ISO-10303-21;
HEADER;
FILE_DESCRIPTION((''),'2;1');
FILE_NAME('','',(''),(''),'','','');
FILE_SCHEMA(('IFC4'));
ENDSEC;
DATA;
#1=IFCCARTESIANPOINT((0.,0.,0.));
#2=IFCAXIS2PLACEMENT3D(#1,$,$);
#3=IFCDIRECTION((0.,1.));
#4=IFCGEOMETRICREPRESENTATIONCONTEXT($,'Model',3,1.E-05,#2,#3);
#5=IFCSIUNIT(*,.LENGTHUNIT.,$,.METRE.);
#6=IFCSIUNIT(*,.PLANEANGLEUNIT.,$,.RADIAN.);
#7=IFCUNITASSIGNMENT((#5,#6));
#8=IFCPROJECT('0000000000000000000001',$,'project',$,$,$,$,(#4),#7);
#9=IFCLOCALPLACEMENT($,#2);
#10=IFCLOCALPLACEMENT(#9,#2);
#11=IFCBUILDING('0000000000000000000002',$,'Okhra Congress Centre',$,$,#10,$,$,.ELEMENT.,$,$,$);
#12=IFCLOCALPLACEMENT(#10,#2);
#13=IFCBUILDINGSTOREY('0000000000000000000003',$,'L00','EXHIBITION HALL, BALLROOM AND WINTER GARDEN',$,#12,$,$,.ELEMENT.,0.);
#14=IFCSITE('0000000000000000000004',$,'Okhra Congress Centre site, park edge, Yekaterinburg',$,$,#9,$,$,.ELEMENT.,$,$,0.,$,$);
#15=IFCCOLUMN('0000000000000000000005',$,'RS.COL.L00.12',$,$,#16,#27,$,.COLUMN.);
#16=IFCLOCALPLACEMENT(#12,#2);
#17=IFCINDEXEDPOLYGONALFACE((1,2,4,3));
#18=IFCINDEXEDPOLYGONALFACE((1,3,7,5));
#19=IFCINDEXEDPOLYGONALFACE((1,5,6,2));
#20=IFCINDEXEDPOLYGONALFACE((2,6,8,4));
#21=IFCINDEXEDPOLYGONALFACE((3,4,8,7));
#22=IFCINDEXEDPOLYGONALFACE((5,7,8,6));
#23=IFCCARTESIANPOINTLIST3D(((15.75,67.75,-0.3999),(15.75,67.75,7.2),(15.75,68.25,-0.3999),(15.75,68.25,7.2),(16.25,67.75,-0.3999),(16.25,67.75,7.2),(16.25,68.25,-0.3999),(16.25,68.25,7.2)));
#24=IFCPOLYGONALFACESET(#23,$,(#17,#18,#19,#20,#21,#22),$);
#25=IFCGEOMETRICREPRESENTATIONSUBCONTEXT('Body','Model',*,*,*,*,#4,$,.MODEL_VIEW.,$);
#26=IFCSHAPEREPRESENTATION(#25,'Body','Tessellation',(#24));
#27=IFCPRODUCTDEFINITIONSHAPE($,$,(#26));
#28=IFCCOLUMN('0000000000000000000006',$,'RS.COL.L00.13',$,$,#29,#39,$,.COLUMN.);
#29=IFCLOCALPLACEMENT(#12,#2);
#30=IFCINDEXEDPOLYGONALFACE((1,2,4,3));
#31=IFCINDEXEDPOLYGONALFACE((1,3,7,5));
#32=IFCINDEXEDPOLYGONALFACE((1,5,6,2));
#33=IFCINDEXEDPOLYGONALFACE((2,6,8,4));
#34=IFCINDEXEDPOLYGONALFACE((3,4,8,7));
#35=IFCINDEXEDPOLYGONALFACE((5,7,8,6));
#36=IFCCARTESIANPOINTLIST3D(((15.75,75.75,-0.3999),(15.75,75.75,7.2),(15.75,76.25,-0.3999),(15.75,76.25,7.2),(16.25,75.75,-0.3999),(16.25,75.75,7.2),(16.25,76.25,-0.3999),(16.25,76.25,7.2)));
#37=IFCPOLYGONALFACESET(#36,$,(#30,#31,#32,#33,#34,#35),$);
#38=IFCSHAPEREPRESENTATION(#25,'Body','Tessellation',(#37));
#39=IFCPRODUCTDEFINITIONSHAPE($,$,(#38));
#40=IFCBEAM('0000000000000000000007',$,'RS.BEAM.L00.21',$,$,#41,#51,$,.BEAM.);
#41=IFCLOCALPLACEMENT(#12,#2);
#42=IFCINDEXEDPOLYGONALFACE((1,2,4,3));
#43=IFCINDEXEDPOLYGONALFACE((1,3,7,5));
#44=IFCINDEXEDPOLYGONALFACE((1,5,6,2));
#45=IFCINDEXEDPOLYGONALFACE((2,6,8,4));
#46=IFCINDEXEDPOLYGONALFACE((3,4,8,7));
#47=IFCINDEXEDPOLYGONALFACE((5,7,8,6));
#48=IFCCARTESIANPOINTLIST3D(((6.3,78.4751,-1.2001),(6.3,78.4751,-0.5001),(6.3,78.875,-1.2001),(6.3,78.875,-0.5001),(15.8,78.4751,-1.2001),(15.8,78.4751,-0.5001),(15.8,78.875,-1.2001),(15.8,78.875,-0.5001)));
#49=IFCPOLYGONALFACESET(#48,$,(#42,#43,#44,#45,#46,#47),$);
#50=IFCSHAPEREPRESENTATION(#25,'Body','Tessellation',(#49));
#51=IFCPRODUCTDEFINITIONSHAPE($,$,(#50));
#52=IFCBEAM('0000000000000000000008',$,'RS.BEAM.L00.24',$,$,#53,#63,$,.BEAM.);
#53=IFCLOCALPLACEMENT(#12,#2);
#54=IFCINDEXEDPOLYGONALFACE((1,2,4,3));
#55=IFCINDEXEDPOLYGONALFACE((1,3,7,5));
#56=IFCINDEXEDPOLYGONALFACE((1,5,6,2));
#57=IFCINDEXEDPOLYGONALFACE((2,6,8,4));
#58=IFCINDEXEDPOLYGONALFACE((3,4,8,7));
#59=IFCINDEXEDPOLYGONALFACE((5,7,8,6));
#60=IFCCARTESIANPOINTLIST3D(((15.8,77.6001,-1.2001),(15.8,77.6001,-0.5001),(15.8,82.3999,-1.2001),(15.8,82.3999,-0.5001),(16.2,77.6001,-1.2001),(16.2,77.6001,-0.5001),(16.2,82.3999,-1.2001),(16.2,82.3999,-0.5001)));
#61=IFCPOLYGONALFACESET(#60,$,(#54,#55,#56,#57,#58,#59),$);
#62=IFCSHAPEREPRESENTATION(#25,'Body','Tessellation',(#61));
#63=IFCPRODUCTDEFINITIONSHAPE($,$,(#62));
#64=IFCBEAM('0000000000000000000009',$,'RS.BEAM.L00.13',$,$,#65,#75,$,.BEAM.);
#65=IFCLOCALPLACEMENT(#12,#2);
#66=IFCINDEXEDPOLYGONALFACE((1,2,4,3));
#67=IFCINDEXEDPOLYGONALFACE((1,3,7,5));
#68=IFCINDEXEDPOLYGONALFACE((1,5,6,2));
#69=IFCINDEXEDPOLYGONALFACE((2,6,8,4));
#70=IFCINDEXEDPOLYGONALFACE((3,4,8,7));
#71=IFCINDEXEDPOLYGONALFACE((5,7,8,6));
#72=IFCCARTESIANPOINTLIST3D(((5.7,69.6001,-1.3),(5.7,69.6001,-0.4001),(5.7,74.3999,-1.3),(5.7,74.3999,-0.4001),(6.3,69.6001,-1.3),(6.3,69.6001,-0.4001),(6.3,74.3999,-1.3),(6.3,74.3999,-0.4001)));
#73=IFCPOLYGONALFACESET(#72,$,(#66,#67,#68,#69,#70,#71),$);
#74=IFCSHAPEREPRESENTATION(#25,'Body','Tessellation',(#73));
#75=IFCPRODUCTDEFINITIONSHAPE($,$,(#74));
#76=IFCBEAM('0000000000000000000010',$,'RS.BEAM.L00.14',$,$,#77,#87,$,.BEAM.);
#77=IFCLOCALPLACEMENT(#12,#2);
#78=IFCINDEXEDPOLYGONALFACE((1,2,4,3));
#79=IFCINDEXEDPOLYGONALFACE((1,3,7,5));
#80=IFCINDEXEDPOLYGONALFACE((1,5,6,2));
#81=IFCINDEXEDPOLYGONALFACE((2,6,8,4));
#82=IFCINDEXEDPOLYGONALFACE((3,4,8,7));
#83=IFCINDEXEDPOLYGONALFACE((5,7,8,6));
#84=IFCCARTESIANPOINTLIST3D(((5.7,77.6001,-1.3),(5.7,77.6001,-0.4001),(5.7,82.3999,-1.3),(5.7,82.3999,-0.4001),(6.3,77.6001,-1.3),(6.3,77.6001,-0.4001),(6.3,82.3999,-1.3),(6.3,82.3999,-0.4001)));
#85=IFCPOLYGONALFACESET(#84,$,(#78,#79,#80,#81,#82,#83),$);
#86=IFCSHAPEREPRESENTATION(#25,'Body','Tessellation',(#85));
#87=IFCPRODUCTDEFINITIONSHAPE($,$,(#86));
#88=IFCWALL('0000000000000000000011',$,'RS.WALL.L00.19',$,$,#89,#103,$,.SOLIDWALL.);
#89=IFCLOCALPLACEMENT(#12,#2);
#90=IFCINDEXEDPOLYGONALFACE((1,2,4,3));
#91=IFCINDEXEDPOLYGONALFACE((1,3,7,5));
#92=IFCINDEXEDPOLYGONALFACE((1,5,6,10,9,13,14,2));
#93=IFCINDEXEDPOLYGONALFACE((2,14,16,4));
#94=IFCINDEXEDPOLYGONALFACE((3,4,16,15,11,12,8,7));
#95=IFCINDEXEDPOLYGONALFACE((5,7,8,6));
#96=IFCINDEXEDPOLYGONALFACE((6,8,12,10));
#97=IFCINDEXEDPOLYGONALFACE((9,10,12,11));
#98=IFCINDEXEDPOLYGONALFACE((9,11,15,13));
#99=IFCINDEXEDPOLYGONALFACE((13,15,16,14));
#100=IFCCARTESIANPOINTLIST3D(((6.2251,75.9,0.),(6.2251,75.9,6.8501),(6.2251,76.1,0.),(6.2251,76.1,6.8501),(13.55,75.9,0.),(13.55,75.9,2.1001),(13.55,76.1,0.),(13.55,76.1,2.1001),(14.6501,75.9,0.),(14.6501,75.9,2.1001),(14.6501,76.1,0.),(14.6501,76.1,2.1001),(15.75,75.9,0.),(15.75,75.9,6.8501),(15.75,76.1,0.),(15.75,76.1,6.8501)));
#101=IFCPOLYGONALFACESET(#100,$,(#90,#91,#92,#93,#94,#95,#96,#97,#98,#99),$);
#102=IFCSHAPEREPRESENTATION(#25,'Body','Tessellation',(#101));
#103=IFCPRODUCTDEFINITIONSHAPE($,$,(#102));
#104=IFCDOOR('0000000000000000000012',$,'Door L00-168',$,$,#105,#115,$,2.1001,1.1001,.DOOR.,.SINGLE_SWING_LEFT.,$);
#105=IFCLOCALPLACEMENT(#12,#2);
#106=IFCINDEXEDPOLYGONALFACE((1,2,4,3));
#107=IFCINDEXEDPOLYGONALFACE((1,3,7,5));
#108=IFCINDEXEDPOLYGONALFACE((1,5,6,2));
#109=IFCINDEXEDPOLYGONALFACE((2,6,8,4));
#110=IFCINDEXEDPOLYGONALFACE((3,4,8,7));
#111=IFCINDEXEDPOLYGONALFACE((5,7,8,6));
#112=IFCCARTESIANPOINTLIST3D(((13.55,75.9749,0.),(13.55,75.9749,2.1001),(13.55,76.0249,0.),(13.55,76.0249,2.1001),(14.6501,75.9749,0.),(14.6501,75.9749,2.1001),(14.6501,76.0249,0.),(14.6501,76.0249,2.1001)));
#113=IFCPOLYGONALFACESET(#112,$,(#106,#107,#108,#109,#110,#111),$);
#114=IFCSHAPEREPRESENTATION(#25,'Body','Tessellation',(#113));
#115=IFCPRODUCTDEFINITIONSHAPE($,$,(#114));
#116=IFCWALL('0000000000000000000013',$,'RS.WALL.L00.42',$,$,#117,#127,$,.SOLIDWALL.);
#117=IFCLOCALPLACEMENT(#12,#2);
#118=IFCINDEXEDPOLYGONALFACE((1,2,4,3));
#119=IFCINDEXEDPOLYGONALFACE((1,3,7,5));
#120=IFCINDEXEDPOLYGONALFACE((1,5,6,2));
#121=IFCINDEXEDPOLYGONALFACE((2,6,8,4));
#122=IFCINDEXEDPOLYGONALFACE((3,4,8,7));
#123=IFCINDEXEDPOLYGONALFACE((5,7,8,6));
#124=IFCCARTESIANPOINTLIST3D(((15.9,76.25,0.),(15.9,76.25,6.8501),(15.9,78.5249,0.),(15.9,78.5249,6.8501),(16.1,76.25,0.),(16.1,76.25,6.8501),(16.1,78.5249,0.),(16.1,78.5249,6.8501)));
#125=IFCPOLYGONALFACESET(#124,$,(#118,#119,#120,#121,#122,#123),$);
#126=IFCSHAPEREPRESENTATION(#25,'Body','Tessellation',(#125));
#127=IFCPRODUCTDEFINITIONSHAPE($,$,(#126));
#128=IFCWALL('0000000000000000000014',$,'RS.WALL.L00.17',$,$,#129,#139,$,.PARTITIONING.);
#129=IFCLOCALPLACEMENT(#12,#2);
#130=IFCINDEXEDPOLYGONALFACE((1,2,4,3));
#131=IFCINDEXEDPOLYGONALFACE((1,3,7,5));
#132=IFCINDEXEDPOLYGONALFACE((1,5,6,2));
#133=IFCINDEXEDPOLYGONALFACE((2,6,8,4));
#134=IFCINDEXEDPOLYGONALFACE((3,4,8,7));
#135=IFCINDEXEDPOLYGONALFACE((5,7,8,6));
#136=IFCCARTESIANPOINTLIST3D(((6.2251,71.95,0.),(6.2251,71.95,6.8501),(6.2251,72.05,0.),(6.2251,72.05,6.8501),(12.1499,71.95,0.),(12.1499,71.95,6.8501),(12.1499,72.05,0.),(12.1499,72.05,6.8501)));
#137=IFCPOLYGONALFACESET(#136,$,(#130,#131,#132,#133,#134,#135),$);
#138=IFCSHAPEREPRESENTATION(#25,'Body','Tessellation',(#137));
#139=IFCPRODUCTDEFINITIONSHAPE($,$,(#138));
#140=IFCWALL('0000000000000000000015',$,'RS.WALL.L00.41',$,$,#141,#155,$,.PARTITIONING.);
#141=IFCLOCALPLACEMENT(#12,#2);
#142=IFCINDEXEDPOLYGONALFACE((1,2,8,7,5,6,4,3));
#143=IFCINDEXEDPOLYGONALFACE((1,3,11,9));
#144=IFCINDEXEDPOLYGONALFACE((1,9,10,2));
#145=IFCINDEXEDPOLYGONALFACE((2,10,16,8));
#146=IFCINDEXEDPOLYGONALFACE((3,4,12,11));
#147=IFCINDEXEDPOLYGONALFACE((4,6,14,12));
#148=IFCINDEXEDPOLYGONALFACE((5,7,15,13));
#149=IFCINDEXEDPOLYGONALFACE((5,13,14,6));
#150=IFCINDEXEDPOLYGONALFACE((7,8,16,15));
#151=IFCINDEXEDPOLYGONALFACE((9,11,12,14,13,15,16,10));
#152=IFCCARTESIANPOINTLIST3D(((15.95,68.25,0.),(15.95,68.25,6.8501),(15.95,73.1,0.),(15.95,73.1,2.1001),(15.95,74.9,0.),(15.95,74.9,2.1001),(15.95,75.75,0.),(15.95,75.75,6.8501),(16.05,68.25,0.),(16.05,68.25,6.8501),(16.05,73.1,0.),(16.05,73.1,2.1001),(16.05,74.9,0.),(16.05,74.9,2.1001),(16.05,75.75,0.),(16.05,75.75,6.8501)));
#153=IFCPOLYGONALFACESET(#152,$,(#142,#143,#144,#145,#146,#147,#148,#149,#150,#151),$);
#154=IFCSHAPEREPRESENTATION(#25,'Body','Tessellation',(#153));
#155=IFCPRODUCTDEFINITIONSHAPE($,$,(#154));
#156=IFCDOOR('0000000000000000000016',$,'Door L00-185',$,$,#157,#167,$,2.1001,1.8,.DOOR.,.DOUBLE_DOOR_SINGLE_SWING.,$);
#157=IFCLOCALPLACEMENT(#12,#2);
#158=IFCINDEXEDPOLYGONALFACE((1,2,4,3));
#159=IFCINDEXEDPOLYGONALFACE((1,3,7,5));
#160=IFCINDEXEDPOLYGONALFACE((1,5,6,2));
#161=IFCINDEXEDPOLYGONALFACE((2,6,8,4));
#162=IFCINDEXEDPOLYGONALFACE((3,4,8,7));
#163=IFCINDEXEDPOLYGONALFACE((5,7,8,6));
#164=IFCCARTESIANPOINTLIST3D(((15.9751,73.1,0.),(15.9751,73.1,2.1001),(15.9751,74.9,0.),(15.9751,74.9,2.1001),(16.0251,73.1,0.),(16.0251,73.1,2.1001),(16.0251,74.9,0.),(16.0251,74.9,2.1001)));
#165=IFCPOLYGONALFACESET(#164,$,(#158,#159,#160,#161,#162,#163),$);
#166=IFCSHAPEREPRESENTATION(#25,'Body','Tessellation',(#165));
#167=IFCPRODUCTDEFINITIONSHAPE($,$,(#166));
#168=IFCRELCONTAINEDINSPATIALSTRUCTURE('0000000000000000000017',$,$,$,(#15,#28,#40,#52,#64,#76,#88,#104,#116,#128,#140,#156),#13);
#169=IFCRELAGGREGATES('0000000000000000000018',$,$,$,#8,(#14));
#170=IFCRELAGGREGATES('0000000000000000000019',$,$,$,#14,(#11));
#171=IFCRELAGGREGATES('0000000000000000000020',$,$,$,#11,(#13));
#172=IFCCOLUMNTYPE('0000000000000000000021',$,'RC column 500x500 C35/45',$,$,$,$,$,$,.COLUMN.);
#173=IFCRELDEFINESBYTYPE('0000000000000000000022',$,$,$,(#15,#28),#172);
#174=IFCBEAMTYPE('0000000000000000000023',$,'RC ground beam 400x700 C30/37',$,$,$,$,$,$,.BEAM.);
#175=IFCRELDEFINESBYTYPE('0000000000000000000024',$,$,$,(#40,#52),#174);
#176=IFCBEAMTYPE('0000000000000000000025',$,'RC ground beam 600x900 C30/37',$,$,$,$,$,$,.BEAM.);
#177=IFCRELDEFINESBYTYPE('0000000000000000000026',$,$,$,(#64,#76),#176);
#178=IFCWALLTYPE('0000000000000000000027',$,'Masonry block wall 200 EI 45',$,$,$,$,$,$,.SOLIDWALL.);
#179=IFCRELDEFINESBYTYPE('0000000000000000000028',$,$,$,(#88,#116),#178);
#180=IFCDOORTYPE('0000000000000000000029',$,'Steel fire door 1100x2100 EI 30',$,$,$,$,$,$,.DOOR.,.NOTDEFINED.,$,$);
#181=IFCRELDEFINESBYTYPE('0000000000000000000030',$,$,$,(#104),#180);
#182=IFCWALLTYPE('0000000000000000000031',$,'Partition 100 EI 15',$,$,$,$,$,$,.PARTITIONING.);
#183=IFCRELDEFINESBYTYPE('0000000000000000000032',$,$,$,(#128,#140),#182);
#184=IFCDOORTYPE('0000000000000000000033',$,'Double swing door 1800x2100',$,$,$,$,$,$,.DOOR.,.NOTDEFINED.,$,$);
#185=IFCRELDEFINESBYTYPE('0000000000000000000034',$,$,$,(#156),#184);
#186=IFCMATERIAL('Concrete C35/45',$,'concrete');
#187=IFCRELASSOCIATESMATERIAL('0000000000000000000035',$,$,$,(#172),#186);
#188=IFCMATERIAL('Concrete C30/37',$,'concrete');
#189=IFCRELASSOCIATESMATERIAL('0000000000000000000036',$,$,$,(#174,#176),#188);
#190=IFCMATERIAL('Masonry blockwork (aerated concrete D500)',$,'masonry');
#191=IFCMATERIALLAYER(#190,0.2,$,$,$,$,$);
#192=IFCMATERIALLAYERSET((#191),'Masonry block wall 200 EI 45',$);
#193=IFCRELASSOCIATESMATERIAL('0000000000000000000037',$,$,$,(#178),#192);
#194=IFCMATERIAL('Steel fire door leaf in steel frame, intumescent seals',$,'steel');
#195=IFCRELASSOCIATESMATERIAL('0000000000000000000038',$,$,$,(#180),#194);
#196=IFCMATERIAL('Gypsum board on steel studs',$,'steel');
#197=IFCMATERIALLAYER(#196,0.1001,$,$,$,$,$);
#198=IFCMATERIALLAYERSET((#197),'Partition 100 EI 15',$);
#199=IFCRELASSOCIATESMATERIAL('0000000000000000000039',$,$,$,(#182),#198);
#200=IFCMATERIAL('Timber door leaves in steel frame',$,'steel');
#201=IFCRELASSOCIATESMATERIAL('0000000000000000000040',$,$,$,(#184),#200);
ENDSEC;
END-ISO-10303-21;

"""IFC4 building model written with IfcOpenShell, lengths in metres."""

from ifc_helpers import new_model, si_unit, direction, frame, frame_2d, origin, origin_2d, place, context, subcontext, project, spatial, rectangle, extrude, material, layer, layer_set, material_profile, profile_set, type_object, element, fill, save


model = new_model("IFC4")

# Units and contexts
model_context = context("Model", 3, precision=1e-05, world=origin(), true_north=direction((0.0, 1.0)))
body_context = subcontext(model_context, "Body", "Model", "MODEL_VIEW")
ifc_project = project(units=[si_unit("LENGTHUNIT", "METRE"), si_unit("PLANEANGLEUNIT", "RADIAN")], contexts=[model_context])

# Site, building, storey
site_placement = place(None, origin())
site = spatial("IfcSite", under=ifc_project, at=site_placement, Name="Okhra Congress Centre site, park edge, Yekaterinburg", CompositionType="ELEMENT", RefElevation=0.0)
building_placement = place(site_placement, origin())
building = spatial("IfcBuilding", under=site, at=building_placement, Name="Okhra Congress Centre", CompositionType="ELEMENT")
storey_placement = place(building_placement, origin())
storey = spatial("IfcBuildingStorey", under=building, at=storey_placement, Name="L00", Description="EXHIBITION HALL, BALLROOM AND WINTER GARDEN", CompositionType="ELEMENT", Elevation=0.0)

# Shared definitions
ifc_material_1 = material(Name="Concrete C30/37", Category="concrete")

# Columns
ifc_material_2 = material(Name="Concrete C35/45", Category="concrete")
ifc_material_profile_1 = material_profile(ifc_material_2, rectangle(XDim=0.5, YDim=0.5, at=origin_2d()), Name="RC 500x500")
ifc_profile_set_1 = profile_set([ifc_material_profile_1], Name="Concrete C35/45")
column_type_1 = type_object("IfcColumnType", Name="RC column 500x500 C35/45", PredefinedType="COLUMN", material=ifc_profile_set_1)
for number, where, z_axis, x_axis, name in (
    (1, (16.0, 68.0, -0.3999), (0.0, 0.0, 1.0), (1.0, 0.0, 0.0), "RS.COL.L00.12"),
    (2, (16.0, 76.0, -0.3999), (0.0, 0.0, 1.0), (1.0, 0.0, 0.0), "RS.COL.L00.13"),
):
    element("IfcColumn", number, at=place(storey_placement, frame(where, z_axis=z_axis, x_axis=x_axis)), inside=storey, type_object=column_type_1, Name=name, PredefinedType="COLUMN", context=body_context, shape_type="SweptSolid", body=[
        extrude(rectangle(XDim=0.5, YDim=0.5, at=origin_2d()), origin(), (0.0, 0.0, 1.0), 7.5999),
    ])

# Beams
ifc_material_profile_2 = material_profile(ifc_material_1, rectangle(XDim=0.3999, YDim=0.7, at=origin_2d()), Name="RC 400x700")
ifc_profile_set_2 = profile_set([ifc_material_profile_2], Name="Concrete C30/37")
beam_type_1 = type_object("IfcBeamType", Name="RC ground beam 400x700 C30/37", PredefinedType="BEAM", material=ifc_profile_set_2)
beam_1_placement = place(storey_placement, frame((6.3, 78.675, -0.8501), z_axis=(1.0, 0.0, 0.0), x_axis=(0.0, 1.0, 0.0)))
element("IfcBeam", 3, at=beam_1_placement, inside=storey, type_object=beam_type_1, Name="RS.BEAM.L00.21", PredefinedType="BEAM", context=body_context, shape_type="SweptSolid", body=[
    extrude(rectangle(XDim=0.3999, YDim=0.7, at=origin_2d()), origin(), (0.0, 0.0, 1.0), 9.5),
])
beam_2_placement = place(storey_placement, frame((16.0, 77.6001, -0.8501), z_axis=(0.0, 1.0, 0.0), x_axis=(-1.0, 0.0, 0.0)))
element("IfcBeam", 4, at=beam_2_placement, inside=storey, type_object=beam_type_1, Name="RS.BEAM.L00.24", PredefinedType="BEAM", context=body_context, shape_type="SweptSolid", body=[
    extrude(rectangle(XDim=0.3999, YDim=0.7, at=origin_2d()), origin(), (0.0, 0.0, 1.0), 4.7998),
])
ifc_material_profile_3 = material_profile(ifc_material_1, rectangle(XDim=0.6001, YDim=0.8999, at=origin_2d()), Name="RC 600x900")
ifc_profile_set_3 = profile_set([ifc_material_profile_3], Name="Concrete C30/37")
beam_type_2 = type_object("IfcBeamType", Name="RC ground beam 600x900 C30/37", PredefinedType="BEAM", material=ifc_profile_set_3)
for number, where, z_axis, x_axis, name in (
    (5, (6.0, 69.6001, -0.8501), (0.0, 1.0, 0.0), (-1.0, 0.0, 0.0), "RS.BEAM.L00.13"),
    (6, (6.0, 77.6001, -0.8501), (0.0, 1.0, 0.0), (-1.0, 0.0, 0.0), "RS.BEAM.L00.14"),
):
    element("IfcBeam", number, at=place(storey_placement, frame(where, z_axis=z_axis, x_axis=x_axis)), inside=storey, type_object=beam_type_2, Name=name, PredefinedType="BEAM", context=body_context, shape_type="SweptSolid", body=[
        extrude(rectangle(XDim=0.6001, YDim=0.8999, at=origin_2d()), origin(), (0.0, 0.0, 1.0), 4.7998),
    ])

# Wall, opening, door
ifc_material_3 = material(Name="Masonry blockwork (aerated concrete D500)", Category="masonry")
ifc_layer_1 = layer(ifc_material_3, 0.2)
ifc_layer_set_1 = layer_set([ifc_layer_1], Name="Masonry block wall 200 EI 45")
wall_type_1 = type_object("IfcWallType", Name="Masonry block wall 200 EI 45", PredefinedType="SOLIDWALL", material=ifc_layer_set_1)
wall_1_placement = place(storey_placement, frame((6.2251, 76.0, 0.0), z_axis=(0.0, 0.0, 1.0), x_axis=(1.0, 0.0, 0.0)))
wall_1 = element("IfcWall", 7, at=wall_1_placement, inside=storey, type_object=wall_type_1, Name="RS.WALL.L00.19", PredefinedType="SOLIDWALL", context=body_context, shape_type="SweptSolid", body=[
    extrude(rectangle(XDim=9.5249, YDim=0.2, at=frame_2d((4.7625, 0.0))), origin(), (0.0, 0.0, 1.0), 6.8501),
])
opening_1_placement = place(wall_1_placement, frame((7.325, 0.0, 0.0)))
opening_1 = element("IfcOpeningElement", 8, at=opening_1_placement, cuts=wall_1, PredefinedType="OPENING", context=body_context, shape_type="SweptSolid", body=[
    extrude(rectangle(XDim=1.1001, YDim=2.1001, at=frame_2d((0.55, 1.05))), frame((0.0, 0.1099, 0.0), z_axis=(0.0, -1.0, 0.0), x_axis=(1.0, 0.0, 0.0)), (0.0, 0.0, 1.0), 0.22),
])
ifc_material_4 = material(Name="Steel fire door leaf in steel frame, intumescent seals", Category="steel")
door_type_1 = type_object("IfcDoorType", Name="Steel fire door 1100x2100 EI 30", OperationType="NOTDEFINED", PredefinedType="DOOR", material=ifc_material_4)
door_1_placement = place(opening_1_placement, origin())
door_1 = element("IfcDoor", 9, at=door_1_placement, inside=storey, type_object=door_type_1, Name="Door L00-168", OperationType="SINGLE_SWING_LEFT", OverallHeight=2.1001, OverallWidth=1.1001, PredefinedType="DOOR", context=body_context, shape_type="SweptSolid", body=[
    extrude(rectangle(XDim=1.1001, YDim=2.1001, at=frame_2d((0.55, 1.05))), frame((0.0, 0.0249, 0.0), z_axis=(0.0, -1.0, 0.0), x_axis=(1.0, 0.0, 0.0)), (0.0, 0.0, 1.0), 0.05),
])
fill(opening_1, door_1)

# Walls
wall_2_placement = place(storey_placement, frame((16.0, 76.25, 0.0), z_axis=(0.0, 0.0, 1.0), x_axis=(0.0, 1.0, 0.0)))
element("IfcWall", 10, at=wall_2_placement, inside=storey, type_object=wall_type_1, Name="RS.WALL.L00.42", PredefinedType="SOLIDWALL", context=body_context, shape_type="SweptSolid", body=[
    extrude(rectangle(XDim=2.2749, YDim=0.2, at=frame_2d((1.1375, 0.0))), origin(), (0.0, 0.0, 1.0), 6.8501),
])
ifc_material_5 = material(Name="Gypsum board on steel studs", Category="steel")
ifc_layer_2 = layer(ifc_material_5, 0.1001)
ifc_layer_set_2 = layer_set([ifc_layer_2], Name="Partition 100 EI 15")
wall_type_2 = type_object("IfcWallType", Name="Partition 100 EI 15", PredefinedType="PARTITIONING", material=ifc_layer_set_2)
wall_3_placement = place(storey_placement, frame((6.2251, 72.0, 0.0), z_axis=(0.0, 0.0, 1.0), x_axis=(1.0, 0.0, 0.0)))
element("IfcWall", 11, at=wall_3_placement, inside=storey, type_object=wall_type_2, Name="RS.WALL.L00.17", PredefinedType="PARTITIONING", context=body_context, shape_type="SweptSolid", body=[
    extrude(rectangle(XDim=5.9248, YDim=0.1001, at=frame_2d((2.9624, 0.0))), origin(), (0.0, 0.0, 1.0), 6.8501),
])

# Wall, opening, door
wall_4_placement = place(storey_placement, frame((16.0, 68.25, 0.0), z_axis=(0.0, 0.0, 1.0), x_axis=(0.0, 1.0, 0.0)))
wall_4 = element("IfcWall", 12, at=wall_4_placement, inside=storey, type_object=wall_type_2, Name="RS.WALL.L00.41", PredefinedType="PARTITIONING", context=body_context, shape_type="SweptSolid", body=[
    extrude(rectangle(XDim=7.5, YDim=0.1001, at=frame_2d((3.75, 0.0))), origin(), (0.0, 0.0, 1.0), 6.8501),
])
opening_2_placement = place(wall_4_placement, frame((4.8501, 0.0, 0.0)))
opening_2 = element("IfcOpeningElement", 13, at=opening_2_placement, cuts=wall_4, PredefinedType="OPENING", context=body_context, shape_type="SweptSolid", body=[
    extrude(rectangle(XDim=1.8, YDim=2.1001, at=frame_2d((0.8999, 1.05))), frame((0.0, 0.0601, 0.0), z_axis=(0.0, -1.0, 0.0), x_axis=(1.0, 0.0, 0.0)), (0.0, 0.0, 1.0), 0.1201),
])
ifc_material_6 = material(Name="Timber door leaves in steel frame", Category="steel")
door_type_2 = type_object("IfcDoorType", Name="Double swing door 1800x2100", OperationType="NOTDEFINED", PredefinedType="DOOR", material=ifc_material_6)
door_2_placement = place(opening_2_placement, origin())
door_2 = element("IfcDoor", 14, at=door_2_placement, inside=storey, type_object=door_type_2, Name="Door L00-185", OperationType="DOUBLE_DOOR_SINGLE_SWING", OverallHeight=2.1001, OverallWidth=1.8, PredefinedType="DOOR", context=body_context, shape_type="SweptSolid", body=[
    extrude(rectangle(XDim=1.8, YDim=2.1001, at=frame_2d((0.8999, 1.05))), frame((0.0, 0.0249, 0.0), z_axis=(0.0, -1.0, 0.0), x_axis=(1.0, 0.0, 0.0)), (0.0, 0.0, 1.0), 0.05),
])
fill(opening_2, door_2)

save(model, "model.ifc")
